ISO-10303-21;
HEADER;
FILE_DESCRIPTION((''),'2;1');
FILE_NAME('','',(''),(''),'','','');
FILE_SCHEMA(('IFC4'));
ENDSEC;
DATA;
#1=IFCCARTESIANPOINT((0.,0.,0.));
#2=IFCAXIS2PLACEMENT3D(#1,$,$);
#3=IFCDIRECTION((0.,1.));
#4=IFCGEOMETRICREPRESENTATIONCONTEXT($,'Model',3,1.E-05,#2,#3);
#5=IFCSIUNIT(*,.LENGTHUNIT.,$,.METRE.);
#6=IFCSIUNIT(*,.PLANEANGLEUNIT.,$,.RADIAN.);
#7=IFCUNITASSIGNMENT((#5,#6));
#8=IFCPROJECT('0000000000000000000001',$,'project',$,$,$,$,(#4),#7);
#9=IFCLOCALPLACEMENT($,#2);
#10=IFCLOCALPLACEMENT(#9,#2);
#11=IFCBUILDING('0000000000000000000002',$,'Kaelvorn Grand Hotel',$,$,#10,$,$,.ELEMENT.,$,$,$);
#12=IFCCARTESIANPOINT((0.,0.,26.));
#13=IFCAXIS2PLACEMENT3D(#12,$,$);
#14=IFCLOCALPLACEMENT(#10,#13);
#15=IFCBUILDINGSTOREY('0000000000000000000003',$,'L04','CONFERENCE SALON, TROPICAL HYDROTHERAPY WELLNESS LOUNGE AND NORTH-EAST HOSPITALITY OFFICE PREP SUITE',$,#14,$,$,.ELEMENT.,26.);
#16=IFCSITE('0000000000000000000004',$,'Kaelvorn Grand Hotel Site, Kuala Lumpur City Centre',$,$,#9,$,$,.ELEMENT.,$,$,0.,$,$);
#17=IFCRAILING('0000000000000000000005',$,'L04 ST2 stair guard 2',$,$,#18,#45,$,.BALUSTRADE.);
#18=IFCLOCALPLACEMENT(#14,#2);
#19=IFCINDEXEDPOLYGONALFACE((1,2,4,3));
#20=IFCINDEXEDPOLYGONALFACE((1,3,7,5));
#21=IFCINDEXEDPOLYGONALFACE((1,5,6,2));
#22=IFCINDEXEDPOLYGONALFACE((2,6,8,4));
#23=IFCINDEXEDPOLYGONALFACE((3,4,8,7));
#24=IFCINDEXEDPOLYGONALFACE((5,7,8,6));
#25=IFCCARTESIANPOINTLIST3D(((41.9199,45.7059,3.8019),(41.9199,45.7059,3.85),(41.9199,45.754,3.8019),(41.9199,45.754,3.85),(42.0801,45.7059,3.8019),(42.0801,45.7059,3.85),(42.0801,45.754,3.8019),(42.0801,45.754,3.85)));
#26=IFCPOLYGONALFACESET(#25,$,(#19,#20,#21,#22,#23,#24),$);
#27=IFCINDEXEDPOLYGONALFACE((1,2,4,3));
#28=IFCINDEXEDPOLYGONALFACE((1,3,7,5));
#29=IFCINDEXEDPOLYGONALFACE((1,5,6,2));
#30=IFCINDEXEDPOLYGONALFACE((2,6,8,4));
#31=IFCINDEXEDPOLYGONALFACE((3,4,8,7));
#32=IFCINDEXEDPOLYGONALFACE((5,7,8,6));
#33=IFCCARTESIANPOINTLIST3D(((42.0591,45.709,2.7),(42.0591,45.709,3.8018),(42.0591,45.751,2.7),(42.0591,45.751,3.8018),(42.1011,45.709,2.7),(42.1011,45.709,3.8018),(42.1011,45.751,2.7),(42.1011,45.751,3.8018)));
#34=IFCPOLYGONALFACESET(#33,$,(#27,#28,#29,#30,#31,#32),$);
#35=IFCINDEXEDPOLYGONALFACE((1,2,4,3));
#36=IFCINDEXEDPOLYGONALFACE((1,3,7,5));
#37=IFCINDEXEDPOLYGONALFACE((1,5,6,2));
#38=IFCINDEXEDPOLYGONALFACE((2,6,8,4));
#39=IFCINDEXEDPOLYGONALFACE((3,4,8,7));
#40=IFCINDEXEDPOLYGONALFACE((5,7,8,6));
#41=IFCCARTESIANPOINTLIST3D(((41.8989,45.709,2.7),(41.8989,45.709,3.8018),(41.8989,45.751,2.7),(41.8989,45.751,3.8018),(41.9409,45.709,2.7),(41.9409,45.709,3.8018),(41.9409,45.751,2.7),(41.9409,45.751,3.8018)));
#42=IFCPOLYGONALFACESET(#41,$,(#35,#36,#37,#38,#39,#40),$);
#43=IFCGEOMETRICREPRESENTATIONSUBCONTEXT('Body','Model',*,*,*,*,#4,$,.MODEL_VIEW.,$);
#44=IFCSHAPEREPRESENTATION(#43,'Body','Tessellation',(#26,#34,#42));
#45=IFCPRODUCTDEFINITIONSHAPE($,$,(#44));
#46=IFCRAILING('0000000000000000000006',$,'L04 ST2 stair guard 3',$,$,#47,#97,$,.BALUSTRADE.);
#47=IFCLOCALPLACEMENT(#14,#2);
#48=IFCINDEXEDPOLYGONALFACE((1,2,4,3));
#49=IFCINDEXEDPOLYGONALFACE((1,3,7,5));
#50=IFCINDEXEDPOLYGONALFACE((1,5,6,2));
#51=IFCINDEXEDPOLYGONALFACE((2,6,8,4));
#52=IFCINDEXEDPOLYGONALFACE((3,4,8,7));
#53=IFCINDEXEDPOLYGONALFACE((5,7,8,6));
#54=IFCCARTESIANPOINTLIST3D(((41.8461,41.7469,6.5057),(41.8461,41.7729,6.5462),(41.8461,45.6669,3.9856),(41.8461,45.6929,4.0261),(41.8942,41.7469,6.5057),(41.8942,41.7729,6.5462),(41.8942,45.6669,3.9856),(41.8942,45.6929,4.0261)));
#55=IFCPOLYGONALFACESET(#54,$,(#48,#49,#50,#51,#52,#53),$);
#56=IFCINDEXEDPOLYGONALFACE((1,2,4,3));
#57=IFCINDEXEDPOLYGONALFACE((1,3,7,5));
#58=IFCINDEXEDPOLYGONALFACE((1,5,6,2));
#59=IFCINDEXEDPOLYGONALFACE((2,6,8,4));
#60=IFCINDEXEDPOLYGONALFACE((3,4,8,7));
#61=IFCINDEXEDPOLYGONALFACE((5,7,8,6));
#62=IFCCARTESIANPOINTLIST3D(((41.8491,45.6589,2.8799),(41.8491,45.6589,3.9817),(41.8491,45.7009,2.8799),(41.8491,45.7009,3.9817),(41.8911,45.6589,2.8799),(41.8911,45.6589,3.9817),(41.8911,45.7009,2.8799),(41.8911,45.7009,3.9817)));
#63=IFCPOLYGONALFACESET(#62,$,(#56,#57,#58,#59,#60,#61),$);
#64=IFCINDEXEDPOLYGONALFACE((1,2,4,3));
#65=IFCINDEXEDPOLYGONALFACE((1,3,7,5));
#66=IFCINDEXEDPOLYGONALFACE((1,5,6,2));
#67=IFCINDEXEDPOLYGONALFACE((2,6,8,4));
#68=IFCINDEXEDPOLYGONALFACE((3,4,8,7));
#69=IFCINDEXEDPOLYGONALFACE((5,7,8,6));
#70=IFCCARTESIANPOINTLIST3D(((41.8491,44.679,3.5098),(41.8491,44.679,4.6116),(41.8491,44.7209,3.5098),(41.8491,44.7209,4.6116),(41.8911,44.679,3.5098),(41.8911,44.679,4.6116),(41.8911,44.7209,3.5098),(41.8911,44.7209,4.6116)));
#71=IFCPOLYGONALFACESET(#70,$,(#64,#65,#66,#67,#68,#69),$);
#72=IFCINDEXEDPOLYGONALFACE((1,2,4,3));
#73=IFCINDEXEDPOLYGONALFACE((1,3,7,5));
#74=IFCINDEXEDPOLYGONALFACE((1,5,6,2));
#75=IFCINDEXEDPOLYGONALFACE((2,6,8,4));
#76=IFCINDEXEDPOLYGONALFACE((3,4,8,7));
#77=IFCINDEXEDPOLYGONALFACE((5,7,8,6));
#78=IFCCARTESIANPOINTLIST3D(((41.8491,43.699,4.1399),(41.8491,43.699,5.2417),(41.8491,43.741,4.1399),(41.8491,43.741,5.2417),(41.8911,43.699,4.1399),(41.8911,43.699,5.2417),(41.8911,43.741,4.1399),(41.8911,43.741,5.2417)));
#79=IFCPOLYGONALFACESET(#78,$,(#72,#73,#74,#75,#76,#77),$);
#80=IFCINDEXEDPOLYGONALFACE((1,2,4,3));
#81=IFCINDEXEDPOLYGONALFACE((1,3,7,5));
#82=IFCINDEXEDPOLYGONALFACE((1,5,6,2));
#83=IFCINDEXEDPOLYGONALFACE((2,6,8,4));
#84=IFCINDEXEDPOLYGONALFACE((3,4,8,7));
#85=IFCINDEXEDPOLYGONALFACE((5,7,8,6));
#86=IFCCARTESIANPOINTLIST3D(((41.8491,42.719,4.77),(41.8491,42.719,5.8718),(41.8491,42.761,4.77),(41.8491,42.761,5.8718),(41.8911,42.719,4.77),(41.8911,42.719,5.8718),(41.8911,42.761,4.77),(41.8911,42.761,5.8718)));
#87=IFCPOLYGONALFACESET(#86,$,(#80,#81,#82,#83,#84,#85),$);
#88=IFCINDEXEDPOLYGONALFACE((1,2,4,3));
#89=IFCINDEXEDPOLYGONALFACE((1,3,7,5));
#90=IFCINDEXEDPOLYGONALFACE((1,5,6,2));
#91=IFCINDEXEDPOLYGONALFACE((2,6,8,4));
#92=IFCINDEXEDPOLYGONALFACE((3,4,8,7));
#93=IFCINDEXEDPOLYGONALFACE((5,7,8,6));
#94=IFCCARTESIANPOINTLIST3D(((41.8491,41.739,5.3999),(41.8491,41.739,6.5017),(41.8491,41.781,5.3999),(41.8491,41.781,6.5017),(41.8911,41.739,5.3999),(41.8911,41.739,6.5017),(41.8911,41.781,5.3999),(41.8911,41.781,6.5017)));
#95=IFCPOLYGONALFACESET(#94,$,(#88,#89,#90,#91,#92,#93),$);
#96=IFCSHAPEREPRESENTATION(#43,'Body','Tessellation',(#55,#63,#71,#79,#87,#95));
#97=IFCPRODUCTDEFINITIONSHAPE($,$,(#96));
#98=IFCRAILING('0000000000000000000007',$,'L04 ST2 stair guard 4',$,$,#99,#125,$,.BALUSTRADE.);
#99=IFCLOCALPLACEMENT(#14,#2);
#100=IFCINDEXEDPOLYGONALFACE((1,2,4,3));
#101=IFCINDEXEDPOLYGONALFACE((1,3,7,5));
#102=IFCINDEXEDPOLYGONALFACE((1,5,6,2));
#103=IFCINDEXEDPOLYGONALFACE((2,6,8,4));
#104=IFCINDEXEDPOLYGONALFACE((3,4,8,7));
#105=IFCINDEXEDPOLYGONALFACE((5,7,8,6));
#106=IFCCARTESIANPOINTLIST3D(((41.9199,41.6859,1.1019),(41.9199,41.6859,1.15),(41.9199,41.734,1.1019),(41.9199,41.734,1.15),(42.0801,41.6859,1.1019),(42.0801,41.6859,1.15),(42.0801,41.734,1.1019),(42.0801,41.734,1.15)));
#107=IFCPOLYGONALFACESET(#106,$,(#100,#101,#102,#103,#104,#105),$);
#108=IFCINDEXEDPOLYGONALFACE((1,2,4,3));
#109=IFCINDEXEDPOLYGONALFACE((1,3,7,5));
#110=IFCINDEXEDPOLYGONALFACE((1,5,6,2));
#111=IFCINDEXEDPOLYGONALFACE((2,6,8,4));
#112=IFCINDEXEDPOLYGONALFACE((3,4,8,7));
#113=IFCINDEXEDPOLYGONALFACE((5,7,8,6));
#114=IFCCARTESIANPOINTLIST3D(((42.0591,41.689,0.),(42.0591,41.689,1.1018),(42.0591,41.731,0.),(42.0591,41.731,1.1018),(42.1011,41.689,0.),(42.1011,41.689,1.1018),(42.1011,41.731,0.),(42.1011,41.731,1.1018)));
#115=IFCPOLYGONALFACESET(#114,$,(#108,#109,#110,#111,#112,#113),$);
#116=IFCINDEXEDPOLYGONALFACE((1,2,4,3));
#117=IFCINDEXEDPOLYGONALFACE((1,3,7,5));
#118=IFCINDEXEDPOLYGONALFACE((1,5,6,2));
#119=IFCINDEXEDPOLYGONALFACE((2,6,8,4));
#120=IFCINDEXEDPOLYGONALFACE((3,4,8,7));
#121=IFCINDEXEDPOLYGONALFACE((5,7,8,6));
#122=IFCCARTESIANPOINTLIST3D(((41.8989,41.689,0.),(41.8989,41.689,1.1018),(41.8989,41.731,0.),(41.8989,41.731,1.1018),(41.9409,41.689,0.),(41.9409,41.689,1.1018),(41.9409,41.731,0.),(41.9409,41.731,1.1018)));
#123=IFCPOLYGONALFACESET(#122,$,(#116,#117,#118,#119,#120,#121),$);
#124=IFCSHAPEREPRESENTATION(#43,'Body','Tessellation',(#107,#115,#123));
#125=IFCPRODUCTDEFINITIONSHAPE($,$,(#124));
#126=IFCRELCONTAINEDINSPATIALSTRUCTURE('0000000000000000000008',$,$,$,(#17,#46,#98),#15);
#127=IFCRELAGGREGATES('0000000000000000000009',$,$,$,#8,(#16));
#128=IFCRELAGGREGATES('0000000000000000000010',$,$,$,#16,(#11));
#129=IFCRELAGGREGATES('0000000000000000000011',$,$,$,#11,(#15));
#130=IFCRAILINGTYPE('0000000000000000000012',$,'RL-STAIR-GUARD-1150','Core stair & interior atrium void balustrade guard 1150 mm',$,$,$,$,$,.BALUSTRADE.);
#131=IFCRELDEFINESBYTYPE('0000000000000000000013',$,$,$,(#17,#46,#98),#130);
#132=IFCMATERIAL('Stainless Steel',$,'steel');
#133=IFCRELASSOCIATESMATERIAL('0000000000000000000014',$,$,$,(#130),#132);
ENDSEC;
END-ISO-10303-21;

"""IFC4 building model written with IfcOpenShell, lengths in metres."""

from ifc_helpers import new_model, si_unit, direction, frame, origin, origin_2d, place, context, subcontext, project, spatial, rectangle, extrude, material, type_object, element, save


model = new_model("IFC4")

# Units and contexts
model_context = context("Model", 3, precision=1e-05, world=origin(), true_north=direction((0.0, 1.0)))
body_context = subcontext(model_context, "Body", "Model", "MODEL_VIEW")
ifc_project = project(units=[si_unit("LENGTHUNIT", "METRE"), si_unit("PLANEANGLEUNIT", "RADIAN")], contexts=[model_context])

# Site, building, storey
site_placement = place(None, origin())
site = spatial("IfcSite", under=ifc_project, at=site_placement, Name="Kaelvorn Grand Hotel Site, Kuala Lumpur City Centre", CompositionType="ELEMENT", RefElevation=0.0)
building_placement = place(site_placement, origin())
building = spatial("IfcBuilding", under=site, at=building_placement, Name="Kaelvorn Grand Hotel", CompositionType="ELEMENT")
storey_placement = place(building_placement, frame((0.0, 0.0, 26.0)))
storey = spatial("IfcBuildingStorey", under=building, at=storey_placement, Name="L04", Description="CONFERENCE SALON, TROPICAL HYDROTHERAPY WELLNESS LOUNGE AND NORTH-EAST HOSPITALITY OFFICE PREP SUITE", CompositionType="ELEMENT", Elevation=26.0)

# Railings
ifc_material_1 = material(Name="Stainless Steel", Category="steel")
railing_type_1 = type_object("IfcRailingType", Name="RL-STAIR-GUARD-1150", Description="Core stair & interior atrium void balustrade guard 1150 mm", PredefinedType="BALUSTRADE", material=ifc_material_1)
railing_1_placement = place(storey_placement, frame((42.0801, 45.73, 2.7)))
element("IfcRailing", 1, at=railing_1_placement, inside=storey, type_object=railing_type_1, Name="L04 ST2 stair guard 2", PredefinedType="BALUSTRADE", context=body_context, shape_type="SweptSolid", body=[
    extrude(rectangle(XDim=0.0481, YDim=0.0481, at=origin_2d()), frame((0.0, 0.0, 1.126), z_axis=(-1.0, 0.0, 0.0), x_axis=(0.0, -1.0, 0.0)), (0.0, 0.0, 1.0), 0.1602),
    extrude(rectangle(XDim=0.042, YDim=0.042, at=origin_2d()), origin(), (0.0, 0.0, 1.0), 1.1018),
    extrude(rectangle(XDim=0.042, YDim=0.042, at=origin_2d()), frame((-0.1602, 0.0, 0.0)), (0.0, 0.0, 1.0), 1.1018),
])
railing_2_placement = place(storey_placement, frame((41.8701, 45.6799, 2.8799)))
element("IfcRailing", 2, at=railing_2_placement, inside=storey, type_object=railing_type_1, Name="L04 ST2 stair guard 3", PredefinedType="BALUSTRADE", context=body_context, shape_type="SweptSolid", body=[
    extrude(rectangle(XDim=0.0481, YDim=0.0481, at=origin_2d()), frame((0.0, 0.0, 1.126), z_axis=(0.0, -0.841172, 0.540768), x_axis=(1.0, 0.0, 0.0)), (0.0, 0.0, 1.0), 4.6602),
    extrude(rectangle(XDim=0.042, YDim=0.042, at=origin_2d()), origin(), (0.0, 0.0, 1.0), 1.1018),
    extrude(rectangle(XDim=0.042, YDim=0.042, at=origin_2d()), frame((0.0, -0.98, 0.6299)), (0.0, 0.0, 1.0), 1.1018),
    extrude(rectangle(XDim=0.042, YDim=0.042, at=origin_2d()), frame((0.0, -1.96, 1.26)), (0.0, 0.0, 1.0), 1.1018),
    extrude(rectangle(XDim=0.042, YDim=0.042, at=origin_2d()), frame((0.0, -2.9399, 1.8901)), (0.0, 0.0, 1.0), 1.1018),
    extrude(rectangle(XDim=0.042, YDim=0.042, at=origin_2d()), frame((0.0, -3.9199, 2.52)), (0.0, 0.0, 1.0), 1.1018),
])
railing_3_placement = place(storey_placement, frame((42.0801, 41.71, 0.0)))
element("IfcRailing", 3, at=railing_3_placement, inside=storey, type_object=railing_type_1, Name="L04 ST2 stair guard 4", PredefinedType="BALUSTRADE", context=body_context, shape_type="SweptSolid", body=[
    extrude(rectangle(XDim=0.0481, YDim=0.0481, at=origin_2d()), frame((0.0, 0.0, 1.126), z_axis=(-1.0, 0.0, 0.0), x_axis=(0.0, -1.0, 0.0)), (0.0, 0.0, 1.0), 0.1602),
    extrude(rectangle(XDim=0.042, YDim=0.042, at=origin_2d()), origin(), (0.0, 0.0, 1.0), 1.1018),
    extrude(rectangle(XDim=0.042, YDim=0.042, at=origin_2d()), frame((-0.1602, 0.0, 0.0)), (0.0, 0.0, 1.0), 1.1018),
])

save(model, "model.ifc")
